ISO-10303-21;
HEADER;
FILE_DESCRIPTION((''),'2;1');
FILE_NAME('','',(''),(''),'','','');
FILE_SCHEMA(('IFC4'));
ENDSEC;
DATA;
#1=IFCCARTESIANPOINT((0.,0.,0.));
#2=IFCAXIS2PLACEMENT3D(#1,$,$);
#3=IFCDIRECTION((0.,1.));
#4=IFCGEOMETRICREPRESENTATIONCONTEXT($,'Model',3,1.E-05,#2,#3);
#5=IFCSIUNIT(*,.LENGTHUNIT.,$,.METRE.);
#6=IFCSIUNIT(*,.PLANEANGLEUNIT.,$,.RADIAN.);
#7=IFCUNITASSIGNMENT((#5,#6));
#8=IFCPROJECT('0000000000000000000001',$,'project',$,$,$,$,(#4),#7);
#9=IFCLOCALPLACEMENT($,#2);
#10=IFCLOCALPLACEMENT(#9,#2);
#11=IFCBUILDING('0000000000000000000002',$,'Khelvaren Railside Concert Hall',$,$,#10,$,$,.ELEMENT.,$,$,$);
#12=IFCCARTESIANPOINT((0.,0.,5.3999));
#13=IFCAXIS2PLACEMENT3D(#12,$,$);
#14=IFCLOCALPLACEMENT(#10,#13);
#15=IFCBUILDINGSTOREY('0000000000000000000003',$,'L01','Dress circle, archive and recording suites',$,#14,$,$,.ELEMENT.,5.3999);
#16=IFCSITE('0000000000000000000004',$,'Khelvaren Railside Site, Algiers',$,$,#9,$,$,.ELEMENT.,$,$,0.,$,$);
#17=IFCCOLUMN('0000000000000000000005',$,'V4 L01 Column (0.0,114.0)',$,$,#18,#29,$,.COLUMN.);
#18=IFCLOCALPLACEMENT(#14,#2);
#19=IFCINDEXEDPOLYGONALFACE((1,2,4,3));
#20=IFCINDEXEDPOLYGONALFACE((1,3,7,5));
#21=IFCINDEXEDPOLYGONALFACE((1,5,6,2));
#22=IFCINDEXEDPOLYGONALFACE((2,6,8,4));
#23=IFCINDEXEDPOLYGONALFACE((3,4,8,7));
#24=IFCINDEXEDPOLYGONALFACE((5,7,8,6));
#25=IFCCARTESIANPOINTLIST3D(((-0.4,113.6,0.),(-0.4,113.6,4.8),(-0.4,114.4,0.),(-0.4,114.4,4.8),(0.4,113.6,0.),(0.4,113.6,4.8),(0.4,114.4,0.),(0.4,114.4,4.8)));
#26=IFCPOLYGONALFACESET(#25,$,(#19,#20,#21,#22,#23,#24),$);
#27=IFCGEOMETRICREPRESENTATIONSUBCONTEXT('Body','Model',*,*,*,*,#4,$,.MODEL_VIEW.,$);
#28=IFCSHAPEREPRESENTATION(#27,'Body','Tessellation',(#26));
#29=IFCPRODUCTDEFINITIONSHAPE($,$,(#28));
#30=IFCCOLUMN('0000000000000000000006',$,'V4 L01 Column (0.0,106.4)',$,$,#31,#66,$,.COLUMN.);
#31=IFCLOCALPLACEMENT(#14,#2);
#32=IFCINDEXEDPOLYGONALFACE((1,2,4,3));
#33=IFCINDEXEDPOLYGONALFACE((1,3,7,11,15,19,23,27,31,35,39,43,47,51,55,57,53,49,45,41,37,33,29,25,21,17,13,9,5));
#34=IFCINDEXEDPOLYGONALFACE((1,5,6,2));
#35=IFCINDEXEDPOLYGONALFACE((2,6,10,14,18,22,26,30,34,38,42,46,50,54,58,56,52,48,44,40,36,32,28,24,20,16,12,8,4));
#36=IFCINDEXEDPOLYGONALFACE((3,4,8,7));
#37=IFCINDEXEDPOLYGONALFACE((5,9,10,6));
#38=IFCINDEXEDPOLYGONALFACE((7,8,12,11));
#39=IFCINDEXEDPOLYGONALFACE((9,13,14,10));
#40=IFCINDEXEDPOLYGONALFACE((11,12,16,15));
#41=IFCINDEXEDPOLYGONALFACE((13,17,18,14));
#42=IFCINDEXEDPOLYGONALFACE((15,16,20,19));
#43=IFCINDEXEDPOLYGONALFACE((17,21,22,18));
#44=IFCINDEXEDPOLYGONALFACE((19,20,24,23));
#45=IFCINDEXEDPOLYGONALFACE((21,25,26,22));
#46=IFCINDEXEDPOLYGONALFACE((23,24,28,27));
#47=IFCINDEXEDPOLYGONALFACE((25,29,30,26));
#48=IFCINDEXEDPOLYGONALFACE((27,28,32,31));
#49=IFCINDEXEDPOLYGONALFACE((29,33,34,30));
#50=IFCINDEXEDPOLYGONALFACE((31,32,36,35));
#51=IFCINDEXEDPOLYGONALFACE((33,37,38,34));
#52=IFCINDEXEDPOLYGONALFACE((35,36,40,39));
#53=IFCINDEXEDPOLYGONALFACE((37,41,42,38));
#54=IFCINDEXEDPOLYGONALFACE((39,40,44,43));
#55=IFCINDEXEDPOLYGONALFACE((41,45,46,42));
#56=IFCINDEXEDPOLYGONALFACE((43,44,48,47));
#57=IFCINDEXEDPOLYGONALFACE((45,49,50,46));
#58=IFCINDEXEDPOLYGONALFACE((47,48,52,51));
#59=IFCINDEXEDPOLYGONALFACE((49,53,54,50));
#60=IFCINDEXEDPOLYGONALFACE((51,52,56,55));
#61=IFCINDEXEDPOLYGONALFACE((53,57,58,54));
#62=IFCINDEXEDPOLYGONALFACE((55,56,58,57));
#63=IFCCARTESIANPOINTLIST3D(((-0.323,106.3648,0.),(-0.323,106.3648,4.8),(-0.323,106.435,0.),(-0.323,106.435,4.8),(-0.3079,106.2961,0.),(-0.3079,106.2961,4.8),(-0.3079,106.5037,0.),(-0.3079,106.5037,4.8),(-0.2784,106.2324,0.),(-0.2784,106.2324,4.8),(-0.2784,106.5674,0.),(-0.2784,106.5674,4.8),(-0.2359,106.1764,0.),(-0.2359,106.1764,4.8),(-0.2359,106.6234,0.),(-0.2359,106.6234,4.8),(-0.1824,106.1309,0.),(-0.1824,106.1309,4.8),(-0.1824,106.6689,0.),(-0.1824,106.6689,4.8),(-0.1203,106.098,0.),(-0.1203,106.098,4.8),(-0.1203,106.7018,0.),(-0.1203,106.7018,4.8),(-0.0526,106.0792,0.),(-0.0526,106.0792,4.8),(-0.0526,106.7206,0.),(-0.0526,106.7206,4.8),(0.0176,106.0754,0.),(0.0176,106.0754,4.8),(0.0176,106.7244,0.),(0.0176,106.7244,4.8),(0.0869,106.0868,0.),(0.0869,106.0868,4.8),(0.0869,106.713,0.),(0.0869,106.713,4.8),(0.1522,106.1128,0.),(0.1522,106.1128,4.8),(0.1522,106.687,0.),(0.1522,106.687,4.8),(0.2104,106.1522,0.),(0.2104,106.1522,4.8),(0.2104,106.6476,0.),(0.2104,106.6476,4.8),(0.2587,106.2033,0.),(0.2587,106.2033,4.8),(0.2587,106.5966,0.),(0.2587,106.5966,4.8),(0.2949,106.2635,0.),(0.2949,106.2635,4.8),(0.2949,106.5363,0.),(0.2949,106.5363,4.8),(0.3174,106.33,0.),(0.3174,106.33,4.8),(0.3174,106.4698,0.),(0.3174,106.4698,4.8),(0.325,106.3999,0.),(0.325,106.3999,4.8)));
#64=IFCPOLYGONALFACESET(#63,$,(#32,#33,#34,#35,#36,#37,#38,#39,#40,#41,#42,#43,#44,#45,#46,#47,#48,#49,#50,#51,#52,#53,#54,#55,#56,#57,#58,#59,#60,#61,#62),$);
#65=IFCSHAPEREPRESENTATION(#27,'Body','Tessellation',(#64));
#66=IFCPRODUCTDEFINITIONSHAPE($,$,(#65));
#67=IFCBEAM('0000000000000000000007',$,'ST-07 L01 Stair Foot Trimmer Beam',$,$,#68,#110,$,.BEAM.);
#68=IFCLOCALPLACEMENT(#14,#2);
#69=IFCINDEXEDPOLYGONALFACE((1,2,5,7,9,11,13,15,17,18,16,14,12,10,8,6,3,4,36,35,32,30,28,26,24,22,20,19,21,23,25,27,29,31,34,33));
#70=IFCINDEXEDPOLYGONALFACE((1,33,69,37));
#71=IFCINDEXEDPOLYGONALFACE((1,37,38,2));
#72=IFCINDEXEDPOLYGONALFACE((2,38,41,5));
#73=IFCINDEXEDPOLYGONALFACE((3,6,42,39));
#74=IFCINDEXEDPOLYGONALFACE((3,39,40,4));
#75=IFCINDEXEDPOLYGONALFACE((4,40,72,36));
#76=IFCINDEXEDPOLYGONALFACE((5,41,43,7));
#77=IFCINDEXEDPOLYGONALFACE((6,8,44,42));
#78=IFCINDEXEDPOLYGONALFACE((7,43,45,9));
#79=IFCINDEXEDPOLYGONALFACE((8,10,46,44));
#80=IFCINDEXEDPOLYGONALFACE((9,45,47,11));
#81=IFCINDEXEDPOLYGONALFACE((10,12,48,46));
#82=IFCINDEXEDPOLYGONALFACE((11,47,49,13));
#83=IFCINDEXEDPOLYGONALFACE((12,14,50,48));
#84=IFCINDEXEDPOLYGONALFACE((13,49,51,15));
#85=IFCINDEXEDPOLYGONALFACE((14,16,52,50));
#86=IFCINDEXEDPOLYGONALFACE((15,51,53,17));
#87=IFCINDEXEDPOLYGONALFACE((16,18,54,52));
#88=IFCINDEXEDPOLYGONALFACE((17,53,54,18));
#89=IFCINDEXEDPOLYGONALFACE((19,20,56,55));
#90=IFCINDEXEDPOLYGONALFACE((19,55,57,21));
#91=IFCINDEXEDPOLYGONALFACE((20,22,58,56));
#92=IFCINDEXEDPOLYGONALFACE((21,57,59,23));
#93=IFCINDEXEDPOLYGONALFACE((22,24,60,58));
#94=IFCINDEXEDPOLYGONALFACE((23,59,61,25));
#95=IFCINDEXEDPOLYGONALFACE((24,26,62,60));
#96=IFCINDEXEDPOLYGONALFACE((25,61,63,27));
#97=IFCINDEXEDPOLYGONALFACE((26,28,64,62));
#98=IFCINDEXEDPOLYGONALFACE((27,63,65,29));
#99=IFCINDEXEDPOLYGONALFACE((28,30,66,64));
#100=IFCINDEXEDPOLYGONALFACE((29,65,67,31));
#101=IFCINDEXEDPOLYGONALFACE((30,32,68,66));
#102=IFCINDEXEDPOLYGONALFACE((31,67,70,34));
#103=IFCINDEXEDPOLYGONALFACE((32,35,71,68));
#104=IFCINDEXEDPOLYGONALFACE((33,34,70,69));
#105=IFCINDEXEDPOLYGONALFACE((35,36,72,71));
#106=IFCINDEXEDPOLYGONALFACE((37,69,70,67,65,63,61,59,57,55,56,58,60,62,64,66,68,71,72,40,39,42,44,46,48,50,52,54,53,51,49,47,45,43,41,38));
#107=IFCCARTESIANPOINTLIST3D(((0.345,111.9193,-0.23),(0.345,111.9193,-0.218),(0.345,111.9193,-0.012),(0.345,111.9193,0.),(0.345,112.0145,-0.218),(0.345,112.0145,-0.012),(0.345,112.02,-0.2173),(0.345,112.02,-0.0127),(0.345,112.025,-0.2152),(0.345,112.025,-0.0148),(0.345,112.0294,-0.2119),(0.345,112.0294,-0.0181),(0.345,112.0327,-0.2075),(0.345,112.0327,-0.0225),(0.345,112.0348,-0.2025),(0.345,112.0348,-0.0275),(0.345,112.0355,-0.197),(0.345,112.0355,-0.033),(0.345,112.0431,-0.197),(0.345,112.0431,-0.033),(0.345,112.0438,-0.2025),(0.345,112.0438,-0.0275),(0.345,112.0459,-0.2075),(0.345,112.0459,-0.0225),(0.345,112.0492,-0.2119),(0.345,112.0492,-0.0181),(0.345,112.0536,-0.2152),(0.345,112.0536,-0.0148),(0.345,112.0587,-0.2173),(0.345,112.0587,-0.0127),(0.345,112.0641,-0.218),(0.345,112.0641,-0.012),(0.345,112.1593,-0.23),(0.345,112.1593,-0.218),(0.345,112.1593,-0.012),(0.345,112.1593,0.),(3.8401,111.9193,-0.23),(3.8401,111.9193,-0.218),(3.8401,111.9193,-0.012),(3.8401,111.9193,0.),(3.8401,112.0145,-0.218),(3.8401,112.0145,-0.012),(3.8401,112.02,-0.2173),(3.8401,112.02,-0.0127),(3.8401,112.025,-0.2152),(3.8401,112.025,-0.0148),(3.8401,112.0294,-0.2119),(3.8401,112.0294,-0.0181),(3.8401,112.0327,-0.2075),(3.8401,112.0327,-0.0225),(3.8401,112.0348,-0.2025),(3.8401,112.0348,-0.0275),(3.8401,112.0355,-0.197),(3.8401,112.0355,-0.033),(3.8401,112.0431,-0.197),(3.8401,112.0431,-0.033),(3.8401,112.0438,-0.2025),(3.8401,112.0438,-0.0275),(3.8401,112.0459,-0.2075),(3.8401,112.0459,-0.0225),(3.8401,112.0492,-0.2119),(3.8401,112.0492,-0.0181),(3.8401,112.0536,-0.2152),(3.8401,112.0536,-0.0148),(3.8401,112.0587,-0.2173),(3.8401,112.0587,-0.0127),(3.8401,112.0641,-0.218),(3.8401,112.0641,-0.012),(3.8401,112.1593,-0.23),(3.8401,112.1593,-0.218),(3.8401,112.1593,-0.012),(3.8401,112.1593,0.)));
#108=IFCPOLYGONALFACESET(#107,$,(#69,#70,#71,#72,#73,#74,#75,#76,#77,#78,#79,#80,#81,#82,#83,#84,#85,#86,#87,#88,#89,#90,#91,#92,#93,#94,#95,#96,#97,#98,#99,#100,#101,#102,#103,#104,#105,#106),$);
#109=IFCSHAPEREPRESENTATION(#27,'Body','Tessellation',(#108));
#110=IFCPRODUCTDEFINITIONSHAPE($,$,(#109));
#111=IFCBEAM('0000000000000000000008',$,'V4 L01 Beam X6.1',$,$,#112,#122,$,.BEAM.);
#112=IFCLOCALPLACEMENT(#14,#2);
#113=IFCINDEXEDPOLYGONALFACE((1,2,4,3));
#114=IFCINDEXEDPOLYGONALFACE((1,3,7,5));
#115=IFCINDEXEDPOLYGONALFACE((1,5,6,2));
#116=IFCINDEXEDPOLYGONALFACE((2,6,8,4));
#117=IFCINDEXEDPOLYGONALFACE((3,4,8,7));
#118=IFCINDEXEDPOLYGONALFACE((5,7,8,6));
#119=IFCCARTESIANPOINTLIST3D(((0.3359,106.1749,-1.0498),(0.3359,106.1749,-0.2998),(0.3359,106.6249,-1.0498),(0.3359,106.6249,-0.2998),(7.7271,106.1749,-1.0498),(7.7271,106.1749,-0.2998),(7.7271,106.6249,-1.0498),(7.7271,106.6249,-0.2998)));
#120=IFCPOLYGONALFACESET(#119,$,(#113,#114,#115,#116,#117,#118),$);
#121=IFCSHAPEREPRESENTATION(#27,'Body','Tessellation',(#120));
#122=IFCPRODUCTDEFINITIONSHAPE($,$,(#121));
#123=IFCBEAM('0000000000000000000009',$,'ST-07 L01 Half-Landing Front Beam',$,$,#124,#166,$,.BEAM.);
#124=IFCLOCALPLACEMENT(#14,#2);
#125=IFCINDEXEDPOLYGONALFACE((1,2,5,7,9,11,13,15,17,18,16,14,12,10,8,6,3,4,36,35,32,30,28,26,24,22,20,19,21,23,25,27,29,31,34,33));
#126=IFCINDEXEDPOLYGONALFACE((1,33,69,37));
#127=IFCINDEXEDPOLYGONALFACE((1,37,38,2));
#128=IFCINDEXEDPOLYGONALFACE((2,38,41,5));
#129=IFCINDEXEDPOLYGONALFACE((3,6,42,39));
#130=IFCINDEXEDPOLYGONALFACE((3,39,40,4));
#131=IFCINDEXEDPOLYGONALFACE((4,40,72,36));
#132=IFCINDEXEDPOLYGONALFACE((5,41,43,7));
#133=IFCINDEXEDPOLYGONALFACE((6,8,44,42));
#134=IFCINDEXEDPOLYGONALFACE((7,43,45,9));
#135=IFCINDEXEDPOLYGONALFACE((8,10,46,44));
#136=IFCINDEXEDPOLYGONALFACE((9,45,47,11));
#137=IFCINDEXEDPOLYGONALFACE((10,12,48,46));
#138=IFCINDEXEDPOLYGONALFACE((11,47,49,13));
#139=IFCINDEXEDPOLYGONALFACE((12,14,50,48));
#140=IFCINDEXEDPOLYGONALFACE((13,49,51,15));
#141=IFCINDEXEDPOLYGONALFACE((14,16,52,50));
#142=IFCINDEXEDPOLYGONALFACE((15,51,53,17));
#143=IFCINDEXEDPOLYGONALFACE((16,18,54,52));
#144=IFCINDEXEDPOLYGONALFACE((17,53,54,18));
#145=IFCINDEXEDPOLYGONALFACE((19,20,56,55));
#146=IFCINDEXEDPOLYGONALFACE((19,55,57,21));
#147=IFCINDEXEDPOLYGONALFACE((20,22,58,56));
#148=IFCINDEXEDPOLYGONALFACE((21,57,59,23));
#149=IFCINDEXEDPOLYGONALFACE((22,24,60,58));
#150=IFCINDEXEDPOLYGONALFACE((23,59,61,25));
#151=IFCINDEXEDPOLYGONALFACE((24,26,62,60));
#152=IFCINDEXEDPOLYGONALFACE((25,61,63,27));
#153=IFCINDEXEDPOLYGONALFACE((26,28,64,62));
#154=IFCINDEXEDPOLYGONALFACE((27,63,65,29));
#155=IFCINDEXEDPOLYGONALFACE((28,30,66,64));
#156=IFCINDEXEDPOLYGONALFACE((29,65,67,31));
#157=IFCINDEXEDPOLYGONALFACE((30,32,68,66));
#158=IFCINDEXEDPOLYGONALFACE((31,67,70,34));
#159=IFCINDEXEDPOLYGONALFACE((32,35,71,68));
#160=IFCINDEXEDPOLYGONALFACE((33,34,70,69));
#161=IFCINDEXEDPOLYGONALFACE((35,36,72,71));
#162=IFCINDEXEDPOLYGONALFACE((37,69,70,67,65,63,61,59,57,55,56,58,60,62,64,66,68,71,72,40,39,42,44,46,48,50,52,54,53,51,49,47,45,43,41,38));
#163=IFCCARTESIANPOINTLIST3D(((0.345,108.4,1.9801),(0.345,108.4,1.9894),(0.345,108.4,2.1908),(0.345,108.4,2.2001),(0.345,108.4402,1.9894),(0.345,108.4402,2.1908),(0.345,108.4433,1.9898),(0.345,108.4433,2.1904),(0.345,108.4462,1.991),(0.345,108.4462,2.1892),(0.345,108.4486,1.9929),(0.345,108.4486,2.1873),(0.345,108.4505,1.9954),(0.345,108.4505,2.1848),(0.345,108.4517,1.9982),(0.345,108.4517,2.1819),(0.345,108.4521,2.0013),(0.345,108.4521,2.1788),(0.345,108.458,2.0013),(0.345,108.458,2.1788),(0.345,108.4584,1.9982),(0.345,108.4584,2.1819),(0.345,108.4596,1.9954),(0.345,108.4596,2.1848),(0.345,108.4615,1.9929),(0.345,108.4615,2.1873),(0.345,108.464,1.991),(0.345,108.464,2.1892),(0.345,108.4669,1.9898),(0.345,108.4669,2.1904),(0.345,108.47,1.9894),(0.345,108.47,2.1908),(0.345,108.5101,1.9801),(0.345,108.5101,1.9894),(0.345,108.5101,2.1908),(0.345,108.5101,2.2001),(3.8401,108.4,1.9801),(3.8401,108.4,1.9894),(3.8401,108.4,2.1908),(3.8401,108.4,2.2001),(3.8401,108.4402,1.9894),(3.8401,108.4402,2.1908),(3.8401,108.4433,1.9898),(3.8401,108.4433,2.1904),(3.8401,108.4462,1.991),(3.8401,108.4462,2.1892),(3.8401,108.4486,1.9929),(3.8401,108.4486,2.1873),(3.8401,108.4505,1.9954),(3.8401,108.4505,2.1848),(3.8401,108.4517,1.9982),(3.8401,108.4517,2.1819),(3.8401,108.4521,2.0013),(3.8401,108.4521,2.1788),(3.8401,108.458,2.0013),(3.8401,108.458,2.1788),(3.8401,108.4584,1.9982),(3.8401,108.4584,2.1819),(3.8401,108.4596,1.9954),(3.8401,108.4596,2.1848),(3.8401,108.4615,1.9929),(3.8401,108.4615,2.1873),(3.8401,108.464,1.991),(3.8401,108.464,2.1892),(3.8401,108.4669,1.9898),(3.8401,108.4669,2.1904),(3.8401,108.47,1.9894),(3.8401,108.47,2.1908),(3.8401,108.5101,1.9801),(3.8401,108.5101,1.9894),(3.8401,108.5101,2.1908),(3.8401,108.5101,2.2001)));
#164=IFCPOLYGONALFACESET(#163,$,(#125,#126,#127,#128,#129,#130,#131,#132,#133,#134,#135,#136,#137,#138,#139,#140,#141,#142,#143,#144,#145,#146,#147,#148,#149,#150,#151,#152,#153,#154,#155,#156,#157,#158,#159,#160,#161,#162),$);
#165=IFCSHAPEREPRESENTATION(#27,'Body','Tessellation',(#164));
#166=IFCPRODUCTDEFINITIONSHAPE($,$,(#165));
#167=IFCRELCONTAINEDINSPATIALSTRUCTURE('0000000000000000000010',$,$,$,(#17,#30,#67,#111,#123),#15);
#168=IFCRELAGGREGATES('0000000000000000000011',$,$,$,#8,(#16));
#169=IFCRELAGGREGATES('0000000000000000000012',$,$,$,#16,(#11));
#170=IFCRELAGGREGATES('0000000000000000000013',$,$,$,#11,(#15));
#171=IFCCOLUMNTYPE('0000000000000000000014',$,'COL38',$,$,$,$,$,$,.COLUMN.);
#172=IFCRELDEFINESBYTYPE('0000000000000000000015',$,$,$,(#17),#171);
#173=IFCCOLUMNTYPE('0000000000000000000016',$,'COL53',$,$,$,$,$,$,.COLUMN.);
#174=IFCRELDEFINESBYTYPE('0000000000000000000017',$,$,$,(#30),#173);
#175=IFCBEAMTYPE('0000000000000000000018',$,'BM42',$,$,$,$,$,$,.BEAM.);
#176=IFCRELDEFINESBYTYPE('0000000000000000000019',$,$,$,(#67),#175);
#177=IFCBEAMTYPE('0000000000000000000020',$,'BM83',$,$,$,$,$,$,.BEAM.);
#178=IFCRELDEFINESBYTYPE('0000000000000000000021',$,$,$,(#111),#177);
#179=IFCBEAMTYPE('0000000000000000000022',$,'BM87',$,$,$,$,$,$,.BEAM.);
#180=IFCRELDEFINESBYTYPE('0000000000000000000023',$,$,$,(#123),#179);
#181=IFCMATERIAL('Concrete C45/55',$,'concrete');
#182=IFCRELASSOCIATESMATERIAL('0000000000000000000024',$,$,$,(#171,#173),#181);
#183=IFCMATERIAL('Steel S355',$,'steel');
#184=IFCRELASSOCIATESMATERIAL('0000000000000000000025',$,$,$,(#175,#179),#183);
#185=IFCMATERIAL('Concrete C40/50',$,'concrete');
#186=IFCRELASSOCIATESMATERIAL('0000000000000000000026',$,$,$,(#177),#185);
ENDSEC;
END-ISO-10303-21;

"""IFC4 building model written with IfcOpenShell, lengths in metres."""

from ifc_helpers import new_model, si_unit, direction, frame, origin, origin_2d, place, context, subcontext, project, spatial, rectangle, circle, i_section, extrude, material, material_profile, profile_set, type_object, element, save


model = new_model("IFC4")

# Units and contexts
model_context = context("Model", 3, precision=1e-05, world=origin(), true_north=direction((0.0, 1.0)))
body_context = subcontext(model_context, "Body", "Model", "MODEL_VIEW")
ifc_project = project(units=[si_unit("LENGTHUNIT", "METRE"), si_unit("PLANEANGLEUNIT", "RADIAN")], contexts=[model_context])

# Site, building, storey
site_placement = place(None, origin())
site = spatial("IfcSite", under=ifc_project, at=site_placement, Name="Khelvaren Railside Site, Algiers", CompositionType="ELEMENT", RefElevation=0.0)
building_placement = place(site_placement, origin())
building = spatial("IfcBuilding", under=site, at=building_placement, Name="Khelvaren Railside Concert Hall", CompositionType="ELEMENT")
storey_placement = place(building_placement, frame((0.0, 0.0, 5.3999)))
storey = spatial("IfcBuildingStorey", under=building, at=storey_placement, Name="L01", Description="Dress circle, archive and recording suites", CompositionType="ELEMENT", Elevation=5.3999)

# Columns
ifc_material_1 = material(Name="Concrete C45/55", Category="concrete")
ifc_material_profile_1 = material_profile(ifc_material_1, rectangle(XDim=0.8, YDim=0.8, at=origin_2d()), Name="RC 800x800")
ifc_profile_set_1 = profile_set([ifc_material_profile_1], Name="Concrete C45/55")
column_type_1 = type_object("IfcColumnType", Name="COL38", PredefinedType="COLUMN", material=ifc_profile_set_1)
column_1_placement = place(storey_placement, frame((0.0, 114.0, 0.0), z_axis=(0.0, 0.0, 1.0), x_axis=(1.0, 0.0, 0.0)))
element("IfcColumn", 1, at=column_1_placement, inside=storey, type_object=column_type_1, Name="V4 L01 Column (0.0,114.0)", PredefinedType="COLUMN", context=body_context, shape_type="SweptSolid", body=[
    extrude(rectangle(XDim=0.8, YDim=0.8, at=origin_2d()), origin(), (0.0, 0.0, 1.0), 4.8),
])
ifc_material_profile_2 = material_profile(ifc_material_1, circle(Radius=0.325, at=origin_2d()), Name="RC D650")
ifc_profile_set_2 = profile_set([ifc_material_profile_2], Name="Concrete C45/55")
column_type_2 = type_object("IfcColumnType", Name="COL53", PredefinedType="COLUMN", material=ifc_profile_set_2)
column_2_placement = place(storey_placement, frame((0.0, 106.3999, 0.0), z_axis=(0.0, 0.0, 1.0), x_axis=(1.0, 0.0, 0.0)))
element("IfcColumn", 2, at=column_2_placement, inside=storey, type_object=column_type_2, Name="V4 L01 Column (0.0,106.4)", PredefinedType="COLUMN", context=body_context, shape_type="SweptSolid", body=[
    extrude(circle(Radius=0.325, at=origin_2d()), origin(), (0.0, 0.0, 1.0), 4.8),
])

# Beams
ifc_material_2 = material(Name="Steel S355", Category="steel")
ifc_material_profile_3 = material_profile(ifc_material_2, i_section(OverallWidth=0.24, OverallDepth=0.23, WebThickness=0.0076, FlangeThickness=0.012, FilletRadius=0.021, at=origin_2d()), Name="HEA 240")
ifc_profile_set_3 = profile_set([ifc_material_profile_3], Name="Steel S355")
beam_type_1 = type_object("IfcBeamType", Name="BM42", PredefinedType="BEAM", material=ifc_profile_set_3)
beam_1_placement = place(storey_placement, frame((0.345, 112.0393, -0.115), z_axis=(1.0, 0.0, 0.0), x_axis=(0.0, 1.0, 0.0)))
element("IfcBeam", 3, at=beam_1_placement, inside=storey, type_object=beam_type_1, Name="ST-07 L01 Stair Foot Trimmer Beam", PredefinedType="BEAM", context=body_context, shape_type="SweptSolid", body=[
    extrude(i_section(OverallWidth=0.24, OverallDepth=0.23, WebThickness=0.0076, FlangeThickness=0.012, FilletRadius=0.021, at=origin_2d()), origin(), (0.0, 0.0, 1.0), 3.4951),
])
ifc_material_3 = material(Name="Concrete C40/50", Category="concrete")
ifc_material_profile_4 = material_profile(ifc_material_3, rectangle(XDim=0.45, YDim=0.75, at=origin_2d()), Name="RCB 450x750")
ifc_profile_set_4 = profile_set([ifc_material_profile_4], Name="Concrete C40/50")
beam_type_2 = type_object("IfcBeamType", Name="BM83", PredefinedType="BEAM", material=ifc_profile_set_4)
beam_2_placement = place(storey_placement, frame((0.3359, 106.3999, -0.6748), z_axis=(1.0, 0.0, 0.0), x_axis=(0.0, 1.0, 0.0)))
element("IfcBeam", 4, at=beam_2_placement, inside=storey, type_object=beam_type_2, Name="V4 L01 Beam X6.1", PredefinedType="BEAM", context=body_context, shape_type="SweptSolid", body=[
    extrude(rectangle(XDim=0.45, YDim=0.75, at=origin_2d()), origin(), (0.0, 0.0, 1.0), 7.3911),
])
ifc_material_profile_5 = material_profile(ifc_material_2, i_section(OverallWidth=0.1101, OverallDepth=0.22, WebThickness=0.0059, FlangeThickness=0.0093, FilletRadius=0.012, at=origin_2d()), Name="IPE 220")
ifc_profile_set_5 = profile_set([ifc_material_profile_5], Name="Steel S355")
beam_type_3 = type_object("IfcBeamType", Name="BM87", PredefinedType="BEAM", material=ifc_profile_set_5)
for number, where, z_axis, x_axis, name in (
    (5, (0.345, 108.4551, 2.0901), (1.0, 0.0, 0.0), (0.0, 1.0, 0.0), "ST-07 L01 Half-Landing Front Beam"),
):
    element("IfcBeam", number, at=place(storey_placement, frame(where, z_axis=z_axis, x_axis=x_axis)), inside=storey, type_object=beam_type_3, Name=name, PredefinedType="BEAM", context=body_context, shape_type="SweptSolid", body=[
        extrude(i_section(OverallWidth=0.1101, OverallDepth=0.22, WebThickness=0.0059, FlangeThickness=0.0093, FilletRadius=0.012, at=origin_2d()), origin(), (0.0, 0.0, 1.0), 3.4951),
    ])

save(model, "model.ifc")
